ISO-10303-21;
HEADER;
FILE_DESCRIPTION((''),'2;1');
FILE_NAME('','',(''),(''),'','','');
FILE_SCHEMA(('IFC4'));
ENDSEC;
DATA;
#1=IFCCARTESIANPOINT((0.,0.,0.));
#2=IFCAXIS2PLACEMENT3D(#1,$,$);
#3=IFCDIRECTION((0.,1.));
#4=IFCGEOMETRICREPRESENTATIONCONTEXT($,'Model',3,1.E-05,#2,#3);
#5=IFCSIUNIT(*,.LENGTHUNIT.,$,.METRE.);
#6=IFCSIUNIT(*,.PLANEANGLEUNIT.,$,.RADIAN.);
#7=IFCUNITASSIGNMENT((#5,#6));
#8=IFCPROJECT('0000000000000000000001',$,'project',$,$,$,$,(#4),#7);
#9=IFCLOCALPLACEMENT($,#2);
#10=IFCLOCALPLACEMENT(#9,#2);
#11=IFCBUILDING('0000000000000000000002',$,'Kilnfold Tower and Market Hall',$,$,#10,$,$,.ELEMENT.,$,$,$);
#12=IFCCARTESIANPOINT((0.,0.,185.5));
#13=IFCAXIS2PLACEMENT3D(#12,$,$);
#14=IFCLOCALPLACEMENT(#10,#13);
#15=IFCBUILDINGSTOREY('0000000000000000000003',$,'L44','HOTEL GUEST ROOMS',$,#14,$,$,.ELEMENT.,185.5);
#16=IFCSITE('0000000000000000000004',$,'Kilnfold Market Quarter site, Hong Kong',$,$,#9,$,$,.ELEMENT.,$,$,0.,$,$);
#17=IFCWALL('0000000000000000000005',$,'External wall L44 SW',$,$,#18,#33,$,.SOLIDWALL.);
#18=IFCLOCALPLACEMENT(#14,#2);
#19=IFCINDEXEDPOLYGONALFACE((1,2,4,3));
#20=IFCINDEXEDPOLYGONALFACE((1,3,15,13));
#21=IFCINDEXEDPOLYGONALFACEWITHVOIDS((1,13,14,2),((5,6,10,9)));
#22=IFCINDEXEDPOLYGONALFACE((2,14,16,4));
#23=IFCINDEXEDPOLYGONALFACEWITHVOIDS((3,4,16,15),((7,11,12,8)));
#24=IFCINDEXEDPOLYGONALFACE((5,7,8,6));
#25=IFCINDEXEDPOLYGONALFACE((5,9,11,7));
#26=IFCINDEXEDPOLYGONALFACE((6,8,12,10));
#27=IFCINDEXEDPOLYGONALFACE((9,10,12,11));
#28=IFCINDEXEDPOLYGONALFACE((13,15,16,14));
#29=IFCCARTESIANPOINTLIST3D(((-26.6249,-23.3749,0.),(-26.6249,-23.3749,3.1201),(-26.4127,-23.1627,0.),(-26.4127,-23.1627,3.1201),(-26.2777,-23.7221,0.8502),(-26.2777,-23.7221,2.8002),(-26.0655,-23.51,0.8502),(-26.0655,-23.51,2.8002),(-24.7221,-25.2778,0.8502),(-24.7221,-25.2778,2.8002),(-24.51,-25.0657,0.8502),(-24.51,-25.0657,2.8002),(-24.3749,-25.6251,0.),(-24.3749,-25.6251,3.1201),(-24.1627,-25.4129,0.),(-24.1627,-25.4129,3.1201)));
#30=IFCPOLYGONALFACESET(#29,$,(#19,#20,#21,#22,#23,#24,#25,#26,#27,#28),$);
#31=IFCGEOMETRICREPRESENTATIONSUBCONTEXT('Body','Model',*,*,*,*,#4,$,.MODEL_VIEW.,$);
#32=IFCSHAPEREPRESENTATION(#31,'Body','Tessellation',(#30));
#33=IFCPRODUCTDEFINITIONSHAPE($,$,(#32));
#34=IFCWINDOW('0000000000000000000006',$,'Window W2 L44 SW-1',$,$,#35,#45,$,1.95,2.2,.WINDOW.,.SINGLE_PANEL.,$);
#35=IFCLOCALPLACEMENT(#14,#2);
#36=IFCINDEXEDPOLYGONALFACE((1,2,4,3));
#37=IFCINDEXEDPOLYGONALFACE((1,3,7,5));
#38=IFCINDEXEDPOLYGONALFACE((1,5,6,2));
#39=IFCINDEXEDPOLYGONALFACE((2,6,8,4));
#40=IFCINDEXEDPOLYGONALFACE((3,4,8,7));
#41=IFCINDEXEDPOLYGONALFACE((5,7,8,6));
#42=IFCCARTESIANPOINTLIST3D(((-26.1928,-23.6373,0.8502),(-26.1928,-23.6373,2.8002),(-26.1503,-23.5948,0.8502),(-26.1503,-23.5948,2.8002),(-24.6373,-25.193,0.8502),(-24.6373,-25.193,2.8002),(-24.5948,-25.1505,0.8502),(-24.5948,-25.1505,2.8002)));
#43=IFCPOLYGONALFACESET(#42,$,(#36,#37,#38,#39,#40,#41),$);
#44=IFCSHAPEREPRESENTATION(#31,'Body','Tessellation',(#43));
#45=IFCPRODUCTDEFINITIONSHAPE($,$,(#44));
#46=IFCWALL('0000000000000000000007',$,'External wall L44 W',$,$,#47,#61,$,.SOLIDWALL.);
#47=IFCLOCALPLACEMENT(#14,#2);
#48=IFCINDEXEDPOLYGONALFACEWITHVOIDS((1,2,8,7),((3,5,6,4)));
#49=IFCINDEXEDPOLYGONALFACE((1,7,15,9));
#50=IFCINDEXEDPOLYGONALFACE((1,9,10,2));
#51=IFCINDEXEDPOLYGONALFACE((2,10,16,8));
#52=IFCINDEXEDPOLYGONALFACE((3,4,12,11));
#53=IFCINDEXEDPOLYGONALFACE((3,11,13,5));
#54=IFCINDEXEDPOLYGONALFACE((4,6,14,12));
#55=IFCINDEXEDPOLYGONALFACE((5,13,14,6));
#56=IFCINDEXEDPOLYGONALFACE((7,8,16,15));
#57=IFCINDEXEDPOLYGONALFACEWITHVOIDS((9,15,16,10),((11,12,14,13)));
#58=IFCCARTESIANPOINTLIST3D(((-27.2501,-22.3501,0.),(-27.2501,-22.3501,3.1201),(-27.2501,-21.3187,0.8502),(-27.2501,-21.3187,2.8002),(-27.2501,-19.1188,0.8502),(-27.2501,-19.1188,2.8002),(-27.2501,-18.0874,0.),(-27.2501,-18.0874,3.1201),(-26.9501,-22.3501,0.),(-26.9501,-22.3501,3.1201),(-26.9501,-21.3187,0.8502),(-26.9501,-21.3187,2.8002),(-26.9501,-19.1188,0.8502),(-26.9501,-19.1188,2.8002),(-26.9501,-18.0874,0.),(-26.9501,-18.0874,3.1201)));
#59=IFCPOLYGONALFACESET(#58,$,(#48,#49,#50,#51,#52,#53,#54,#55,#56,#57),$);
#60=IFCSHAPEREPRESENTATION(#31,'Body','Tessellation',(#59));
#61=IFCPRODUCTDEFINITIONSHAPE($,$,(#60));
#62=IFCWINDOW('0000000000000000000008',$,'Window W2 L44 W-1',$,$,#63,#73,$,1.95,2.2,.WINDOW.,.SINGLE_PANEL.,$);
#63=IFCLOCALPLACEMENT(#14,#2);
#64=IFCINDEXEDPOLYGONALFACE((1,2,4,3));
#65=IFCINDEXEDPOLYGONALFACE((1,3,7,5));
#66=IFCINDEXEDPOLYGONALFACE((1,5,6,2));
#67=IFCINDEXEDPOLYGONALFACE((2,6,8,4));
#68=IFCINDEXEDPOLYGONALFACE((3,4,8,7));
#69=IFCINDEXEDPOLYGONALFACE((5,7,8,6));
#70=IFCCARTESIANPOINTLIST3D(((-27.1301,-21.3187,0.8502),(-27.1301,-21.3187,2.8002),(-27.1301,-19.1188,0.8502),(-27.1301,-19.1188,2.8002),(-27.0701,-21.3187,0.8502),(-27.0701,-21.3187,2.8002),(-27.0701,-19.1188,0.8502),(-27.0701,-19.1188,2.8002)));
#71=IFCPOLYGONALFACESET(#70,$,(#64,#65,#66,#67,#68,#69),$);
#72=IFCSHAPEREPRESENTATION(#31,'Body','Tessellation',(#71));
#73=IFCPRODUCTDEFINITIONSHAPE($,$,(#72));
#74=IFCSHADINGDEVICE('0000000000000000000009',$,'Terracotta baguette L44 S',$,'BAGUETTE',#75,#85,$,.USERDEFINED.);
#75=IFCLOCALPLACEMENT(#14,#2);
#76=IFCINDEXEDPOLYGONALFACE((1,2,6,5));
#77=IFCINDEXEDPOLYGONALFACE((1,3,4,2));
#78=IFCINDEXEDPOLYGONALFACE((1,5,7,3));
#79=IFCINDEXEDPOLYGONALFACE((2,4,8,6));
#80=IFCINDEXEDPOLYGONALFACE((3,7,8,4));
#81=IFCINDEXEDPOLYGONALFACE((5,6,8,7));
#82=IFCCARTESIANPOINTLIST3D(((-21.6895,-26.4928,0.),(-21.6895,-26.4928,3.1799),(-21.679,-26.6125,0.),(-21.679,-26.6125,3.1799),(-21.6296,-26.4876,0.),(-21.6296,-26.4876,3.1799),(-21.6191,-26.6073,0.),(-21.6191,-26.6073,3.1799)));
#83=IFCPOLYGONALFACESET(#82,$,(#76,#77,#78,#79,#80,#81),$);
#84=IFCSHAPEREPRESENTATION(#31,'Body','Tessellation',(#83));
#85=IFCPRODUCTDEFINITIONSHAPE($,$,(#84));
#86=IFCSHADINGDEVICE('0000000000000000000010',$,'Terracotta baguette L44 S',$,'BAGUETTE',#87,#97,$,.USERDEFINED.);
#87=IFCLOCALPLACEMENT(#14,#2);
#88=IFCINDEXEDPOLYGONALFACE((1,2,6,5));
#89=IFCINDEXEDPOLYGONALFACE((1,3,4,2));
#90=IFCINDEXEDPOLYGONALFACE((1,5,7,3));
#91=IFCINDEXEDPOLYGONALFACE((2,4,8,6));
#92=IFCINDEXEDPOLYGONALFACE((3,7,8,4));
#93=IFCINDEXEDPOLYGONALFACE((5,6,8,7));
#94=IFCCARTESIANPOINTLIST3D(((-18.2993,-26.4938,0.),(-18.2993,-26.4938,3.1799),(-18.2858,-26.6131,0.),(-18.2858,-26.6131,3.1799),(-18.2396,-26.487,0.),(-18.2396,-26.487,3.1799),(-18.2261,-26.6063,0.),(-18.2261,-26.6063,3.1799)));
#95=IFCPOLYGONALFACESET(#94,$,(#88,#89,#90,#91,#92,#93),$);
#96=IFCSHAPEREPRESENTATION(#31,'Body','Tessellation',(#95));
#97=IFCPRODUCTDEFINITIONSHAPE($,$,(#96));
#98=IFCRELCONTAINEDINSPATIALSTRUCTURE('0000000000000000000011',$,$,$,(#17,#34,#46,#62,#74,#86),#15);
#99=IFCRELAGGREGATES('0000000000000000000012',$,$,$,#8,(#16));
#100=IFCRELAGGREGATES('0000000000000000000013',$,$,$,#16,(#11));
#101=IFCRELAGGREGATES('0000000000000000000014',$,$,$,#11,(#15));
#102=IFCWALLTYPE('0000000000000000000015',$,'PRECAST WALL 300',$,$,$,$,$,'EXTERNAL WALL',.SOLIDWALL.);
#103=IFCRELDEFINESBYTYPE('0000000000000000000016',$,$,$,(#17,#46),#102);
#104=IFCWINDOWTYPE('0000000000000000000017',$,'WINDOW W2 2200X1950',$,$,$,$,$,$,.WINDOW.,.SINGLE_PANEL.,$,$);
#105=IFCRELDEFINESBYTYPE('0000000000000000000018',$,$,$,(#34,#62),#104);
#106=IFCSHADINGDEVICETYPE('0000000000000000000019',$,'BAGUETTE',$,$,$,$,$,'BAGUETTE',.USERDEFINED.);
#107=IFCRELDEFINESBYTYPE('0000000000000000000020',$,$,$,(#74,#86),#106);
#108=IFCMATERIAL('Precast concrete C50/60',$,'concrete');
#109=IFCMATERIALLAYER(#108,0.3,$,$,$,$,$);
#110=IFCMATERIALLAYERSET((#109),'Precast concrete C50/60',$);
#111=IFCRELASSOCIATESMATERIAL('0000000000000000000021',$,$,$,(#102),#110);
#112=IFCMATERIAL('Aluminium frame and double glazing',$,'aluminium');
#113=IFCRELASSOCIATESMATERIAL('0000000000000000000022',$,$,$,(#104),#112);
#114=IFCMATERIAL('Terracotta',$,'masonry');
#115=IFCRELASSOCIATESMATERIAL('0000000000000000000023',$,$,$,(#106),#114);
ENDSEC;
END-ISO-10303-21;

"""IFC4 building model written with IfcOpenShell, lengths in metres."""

from ifc_helpers import new_model, si_unit, direction, frame, frame_2d, origin, origin_2d, place, context, subcontext, project, spatial, rectangle, extrude, source, transform, mapped, material, layer, layer_set, material_profile, profile_set, type_object, element, fill, save


model = new_model("IFC4")

# Units and contexts
model_context = context("Model", 3, precision=1e-05, world=origin(), true_north=direction((0.0, 1.0)))
body_context = subcontext(model_context, "Body", "Model", "MODEL_VIEW")
ifc_project = project(units=[si_unit("LENGTHUNIT", "METRE"), si_unit("PLANEANGLEUNIT", "RADIAN")], contexts=[model_context])

# Site, building, storey
site_placement = place(None, origin())
site = spatial("IfcSite", under=ifc_project, at=site_placement, Name="Kilnfold Market Quarter site, Hong Kong", CompositionType="ELEMENT", RefElevation=0.0)
building_placement = place(site_placement, origin())
building = spatial("IfcBuilding", under=site, at=building_placement, Name="Kilnfold Tower and Market Hall", CompositionType="ELEMENT")
storey_placement = place(building_placement, frame((0.0, 0.0, 185.5)))
storey = spatial("IfcBuildingStorey", under=building, at=storey_placement, Name="L44", Description="HOTEL GUEST ROOMS", CompositionType="ELEMENT", Elevation=185.5)

# Shared definitions
ifc_material_1 = material(Name="Precast concrete C50/60", Category="concrete")
ifc_layer_1 = layer(ifc_material_1, 0.3)
ifc_layer_set_1 = layer_set([ifc_layer_1], Name="Precast concrete C50/60")
wall_type_1 = type_object("IfcWallType", Name="PRECAST WALL 300", ElementType="EXTERNAL WALL", PredefinedType="SOLIDWALL", material=ifc_layer_set_1)

# Walls, openings, windows
shared_shape_1 = source(origin(), body_context, "Body", "SweptSolid", [
    extrude(rectangle(XDim=3.1821, YDim=0.3, at=frame_2d((1.5911, 0.0))), origin(), (0.0, 0.0, 1.0), 3.1201),
])
wall_1_placement = place(storey_placement, frame((-26.5188, -23.2688, 0.0), z_axis=(0.0, 0.0, 1.0), x_axis=(0.707068, -0.707145, 0.0)))
wall_1 = element("IfcWall", 1, at=wall_1_placement, inside=storey, type_object=wall_type_1, Name="External wall L44 SW", PredefinedType="SOLIDWALL", context=body_context, shape_type="MappedRepresentation", body=[
    mapped(shared_shape_1, transform((0.0, 0.0, 0.0))),
])
opening_1_placement = place(wall_1_placement, frame((0.491, 0.0, 0.8501)))
opening_1 = element("IfcOpeningElement", 2, at=opening_1_placement, cuts=wall_1, PredefinedType="OPENING", context=body_context, shape_type="SweptSolid", body=[
    extrude(rectangle(XDim=2.2, YDim=1.95, at=frame_2d((1.1001, 0.9751))), frame((0.0, 0.1602, 0.0), z_axis=(0.0, -1.0, 0.0), x_axis=(1.0, 0.0, 0.0)), (0.0, 0.0, 1.0), 0.3201),
])
ifc_material_2 = material(Name="Aluminium frame and double glazing", Category="aluminium")
window_type_1 = type_object("IfcWindowType", Name="WINDOW W2 2200X1950", PartitioningType="SINGLE_PANEL", PredefinedType="WINDOW", material=ifc_material_2)
window_1_placement = place(opening_1_placement, origin())
window_1 = element("IfcWindow", 3, at=window_1_placement, inside=storey, type_object=window_type_1, Name="Window W2 L44 SW-1", OverallHeight=1.95, OverallWidth=2.2, PartitioningType="SINGLE_PANEL", PredefinedType="WINDOW", context=body_context, shape_type="SweptSolid", body=[
    extrude(rectangle(XDim=2.2, YDim=1.95, at=frame_2d((1.1001, 0.9751))), frame((0.0, 0.03, 0.0), z_axis=(0.0, -1.0, 0.0), x_axis=(1.0, 0.0, 0.0)), (0.0, 0.0, 1.0), 0.0601),
])
fill(opening_1, window_1)
shared_shape_2 = source(origin(), body_context, "Body", "SweptSolid", [
    extrude(rectangle(XDim=4.2627, YDim=0.3, at=frame_2d((2.1313, 0.0))), origin(), (0.0, 0.0, 1.0), 3.1201),
])
wall_2_placement = place(storey_placement, frame((-27.1001, -18.0874, 0.0), z_axis=(0.0, 0.0, 1.0), x_axis=(0.0, -1.0, 0.0)))
wall_2 = element("IfcWall", 4, at=wall_2_placement, inside=storey, type_object=wall_type_1, Name="External wall L44 W", PredefinedType="SOLIDWALL", context=body_context, shape_type="MappedRepresentation", body=[
    mapped(shared_shape_2, transform((0.0, 0.0, 0.0))),
])
opening_2_placement = place(wall_2_placement, frame((1.0312, 0.0, 0.8501)))
opening_2 = element("IfcOpeningElement", 5, at=opening_2_placement, cuts=wall_2, PredefinedType="OPENING", context=body_context, shape_type="SweptSolid", body=[
    extrude(rectangle(XDim=2.2, YDim=1.95, at=frame_2d((1.1001, 0.9751))), frame((0.0, 0.1602, 0.0), z_axis=(0.0, -1.0, 0.0), x_axis=(1.0, 0.0, 0.0)), (0.0, 0.0, 1.0), 0.3201),
])
window_2_placement = place(opening_2_placement, origin())
window_2 = element("IfcWindow", 6, at=window_2_placement, inside=storey, type_object=window_type_1, Name="Window W2 L44 W-1", OverallHeight=1.95, OverallWidth=2.2, PartitioningType="SINGLE_PANEL", PredefinedType="WINDOW", context=body_context, shape_type="SweptSolid", body=[
    extrude(rectangle(XDim=2.2, YDim=1.95, at=frame_2d((1.1001, 0.9751))), frame((0.0, 0.03, 0.0), z_axis=(0.0, -1.0, 0.0), x_axis=(1.0, 0.0, 0.0)), (0.0, 0.0, 1.0), 0.0601),
])
fill(opening_2, window_2)

# Shading devices
ifc_material_3 = material(Name="Terracotta", Category="masonry")
ifc_material_profile_1 = material_profile(ifc_material_3, rectangle(XDim=0.0601, YDim=0.1201, at=origin_2d()), Name="BAG 60x120")
ifc_profile_set_1 = profile_set([ifc_material_profile_1], Name="Terracotta")
shading_device_type = type_object("IfcShadingDeviceType", Name="BAGUETTE", ElementType="BAGUETTE", PredefinedType="USERDEFINED", material=ifc_profile_set_1)
shared_shape_3 = source(origin(), body_context, "Body", "SweptSolid", [
    extrude(rectangle(XDim=0.0601, YDim=0.1201, at=origin_2d()), origin(), (0.0, 0.0, 1.0), 3.1799),
])
for number, where, z_axis, x_axis, name in (
    (7, (-21.6543, -26.55, 0.0), (0.0, 0.0, 1.0), (0.99618, 0.087326, 0.0), "Terracotta baguette L44 S"),
    (8, (-18.2627, -26.55, 0.0), (0.0, 0.0, 1.0), (0.993625, 0.11274, 0.0), "Terracotta baguette L44 S"),
):
    element("IfcShadingDevice", number, at=place(storey_placement, frame(where, z_axis=z_axis, x_axis=x_axis)), inside=storey, type_object=shading_device_type, Name=name, ObjectType="BAGUETTE", PredefinedType="USERDEFINED", context=body_context, shape_type="MappedRepresentation", body=[
        mapped(shared_shape_3, transform((0.0, 0.0, 0.0))),
    ])

save(model, "model.ifc")
